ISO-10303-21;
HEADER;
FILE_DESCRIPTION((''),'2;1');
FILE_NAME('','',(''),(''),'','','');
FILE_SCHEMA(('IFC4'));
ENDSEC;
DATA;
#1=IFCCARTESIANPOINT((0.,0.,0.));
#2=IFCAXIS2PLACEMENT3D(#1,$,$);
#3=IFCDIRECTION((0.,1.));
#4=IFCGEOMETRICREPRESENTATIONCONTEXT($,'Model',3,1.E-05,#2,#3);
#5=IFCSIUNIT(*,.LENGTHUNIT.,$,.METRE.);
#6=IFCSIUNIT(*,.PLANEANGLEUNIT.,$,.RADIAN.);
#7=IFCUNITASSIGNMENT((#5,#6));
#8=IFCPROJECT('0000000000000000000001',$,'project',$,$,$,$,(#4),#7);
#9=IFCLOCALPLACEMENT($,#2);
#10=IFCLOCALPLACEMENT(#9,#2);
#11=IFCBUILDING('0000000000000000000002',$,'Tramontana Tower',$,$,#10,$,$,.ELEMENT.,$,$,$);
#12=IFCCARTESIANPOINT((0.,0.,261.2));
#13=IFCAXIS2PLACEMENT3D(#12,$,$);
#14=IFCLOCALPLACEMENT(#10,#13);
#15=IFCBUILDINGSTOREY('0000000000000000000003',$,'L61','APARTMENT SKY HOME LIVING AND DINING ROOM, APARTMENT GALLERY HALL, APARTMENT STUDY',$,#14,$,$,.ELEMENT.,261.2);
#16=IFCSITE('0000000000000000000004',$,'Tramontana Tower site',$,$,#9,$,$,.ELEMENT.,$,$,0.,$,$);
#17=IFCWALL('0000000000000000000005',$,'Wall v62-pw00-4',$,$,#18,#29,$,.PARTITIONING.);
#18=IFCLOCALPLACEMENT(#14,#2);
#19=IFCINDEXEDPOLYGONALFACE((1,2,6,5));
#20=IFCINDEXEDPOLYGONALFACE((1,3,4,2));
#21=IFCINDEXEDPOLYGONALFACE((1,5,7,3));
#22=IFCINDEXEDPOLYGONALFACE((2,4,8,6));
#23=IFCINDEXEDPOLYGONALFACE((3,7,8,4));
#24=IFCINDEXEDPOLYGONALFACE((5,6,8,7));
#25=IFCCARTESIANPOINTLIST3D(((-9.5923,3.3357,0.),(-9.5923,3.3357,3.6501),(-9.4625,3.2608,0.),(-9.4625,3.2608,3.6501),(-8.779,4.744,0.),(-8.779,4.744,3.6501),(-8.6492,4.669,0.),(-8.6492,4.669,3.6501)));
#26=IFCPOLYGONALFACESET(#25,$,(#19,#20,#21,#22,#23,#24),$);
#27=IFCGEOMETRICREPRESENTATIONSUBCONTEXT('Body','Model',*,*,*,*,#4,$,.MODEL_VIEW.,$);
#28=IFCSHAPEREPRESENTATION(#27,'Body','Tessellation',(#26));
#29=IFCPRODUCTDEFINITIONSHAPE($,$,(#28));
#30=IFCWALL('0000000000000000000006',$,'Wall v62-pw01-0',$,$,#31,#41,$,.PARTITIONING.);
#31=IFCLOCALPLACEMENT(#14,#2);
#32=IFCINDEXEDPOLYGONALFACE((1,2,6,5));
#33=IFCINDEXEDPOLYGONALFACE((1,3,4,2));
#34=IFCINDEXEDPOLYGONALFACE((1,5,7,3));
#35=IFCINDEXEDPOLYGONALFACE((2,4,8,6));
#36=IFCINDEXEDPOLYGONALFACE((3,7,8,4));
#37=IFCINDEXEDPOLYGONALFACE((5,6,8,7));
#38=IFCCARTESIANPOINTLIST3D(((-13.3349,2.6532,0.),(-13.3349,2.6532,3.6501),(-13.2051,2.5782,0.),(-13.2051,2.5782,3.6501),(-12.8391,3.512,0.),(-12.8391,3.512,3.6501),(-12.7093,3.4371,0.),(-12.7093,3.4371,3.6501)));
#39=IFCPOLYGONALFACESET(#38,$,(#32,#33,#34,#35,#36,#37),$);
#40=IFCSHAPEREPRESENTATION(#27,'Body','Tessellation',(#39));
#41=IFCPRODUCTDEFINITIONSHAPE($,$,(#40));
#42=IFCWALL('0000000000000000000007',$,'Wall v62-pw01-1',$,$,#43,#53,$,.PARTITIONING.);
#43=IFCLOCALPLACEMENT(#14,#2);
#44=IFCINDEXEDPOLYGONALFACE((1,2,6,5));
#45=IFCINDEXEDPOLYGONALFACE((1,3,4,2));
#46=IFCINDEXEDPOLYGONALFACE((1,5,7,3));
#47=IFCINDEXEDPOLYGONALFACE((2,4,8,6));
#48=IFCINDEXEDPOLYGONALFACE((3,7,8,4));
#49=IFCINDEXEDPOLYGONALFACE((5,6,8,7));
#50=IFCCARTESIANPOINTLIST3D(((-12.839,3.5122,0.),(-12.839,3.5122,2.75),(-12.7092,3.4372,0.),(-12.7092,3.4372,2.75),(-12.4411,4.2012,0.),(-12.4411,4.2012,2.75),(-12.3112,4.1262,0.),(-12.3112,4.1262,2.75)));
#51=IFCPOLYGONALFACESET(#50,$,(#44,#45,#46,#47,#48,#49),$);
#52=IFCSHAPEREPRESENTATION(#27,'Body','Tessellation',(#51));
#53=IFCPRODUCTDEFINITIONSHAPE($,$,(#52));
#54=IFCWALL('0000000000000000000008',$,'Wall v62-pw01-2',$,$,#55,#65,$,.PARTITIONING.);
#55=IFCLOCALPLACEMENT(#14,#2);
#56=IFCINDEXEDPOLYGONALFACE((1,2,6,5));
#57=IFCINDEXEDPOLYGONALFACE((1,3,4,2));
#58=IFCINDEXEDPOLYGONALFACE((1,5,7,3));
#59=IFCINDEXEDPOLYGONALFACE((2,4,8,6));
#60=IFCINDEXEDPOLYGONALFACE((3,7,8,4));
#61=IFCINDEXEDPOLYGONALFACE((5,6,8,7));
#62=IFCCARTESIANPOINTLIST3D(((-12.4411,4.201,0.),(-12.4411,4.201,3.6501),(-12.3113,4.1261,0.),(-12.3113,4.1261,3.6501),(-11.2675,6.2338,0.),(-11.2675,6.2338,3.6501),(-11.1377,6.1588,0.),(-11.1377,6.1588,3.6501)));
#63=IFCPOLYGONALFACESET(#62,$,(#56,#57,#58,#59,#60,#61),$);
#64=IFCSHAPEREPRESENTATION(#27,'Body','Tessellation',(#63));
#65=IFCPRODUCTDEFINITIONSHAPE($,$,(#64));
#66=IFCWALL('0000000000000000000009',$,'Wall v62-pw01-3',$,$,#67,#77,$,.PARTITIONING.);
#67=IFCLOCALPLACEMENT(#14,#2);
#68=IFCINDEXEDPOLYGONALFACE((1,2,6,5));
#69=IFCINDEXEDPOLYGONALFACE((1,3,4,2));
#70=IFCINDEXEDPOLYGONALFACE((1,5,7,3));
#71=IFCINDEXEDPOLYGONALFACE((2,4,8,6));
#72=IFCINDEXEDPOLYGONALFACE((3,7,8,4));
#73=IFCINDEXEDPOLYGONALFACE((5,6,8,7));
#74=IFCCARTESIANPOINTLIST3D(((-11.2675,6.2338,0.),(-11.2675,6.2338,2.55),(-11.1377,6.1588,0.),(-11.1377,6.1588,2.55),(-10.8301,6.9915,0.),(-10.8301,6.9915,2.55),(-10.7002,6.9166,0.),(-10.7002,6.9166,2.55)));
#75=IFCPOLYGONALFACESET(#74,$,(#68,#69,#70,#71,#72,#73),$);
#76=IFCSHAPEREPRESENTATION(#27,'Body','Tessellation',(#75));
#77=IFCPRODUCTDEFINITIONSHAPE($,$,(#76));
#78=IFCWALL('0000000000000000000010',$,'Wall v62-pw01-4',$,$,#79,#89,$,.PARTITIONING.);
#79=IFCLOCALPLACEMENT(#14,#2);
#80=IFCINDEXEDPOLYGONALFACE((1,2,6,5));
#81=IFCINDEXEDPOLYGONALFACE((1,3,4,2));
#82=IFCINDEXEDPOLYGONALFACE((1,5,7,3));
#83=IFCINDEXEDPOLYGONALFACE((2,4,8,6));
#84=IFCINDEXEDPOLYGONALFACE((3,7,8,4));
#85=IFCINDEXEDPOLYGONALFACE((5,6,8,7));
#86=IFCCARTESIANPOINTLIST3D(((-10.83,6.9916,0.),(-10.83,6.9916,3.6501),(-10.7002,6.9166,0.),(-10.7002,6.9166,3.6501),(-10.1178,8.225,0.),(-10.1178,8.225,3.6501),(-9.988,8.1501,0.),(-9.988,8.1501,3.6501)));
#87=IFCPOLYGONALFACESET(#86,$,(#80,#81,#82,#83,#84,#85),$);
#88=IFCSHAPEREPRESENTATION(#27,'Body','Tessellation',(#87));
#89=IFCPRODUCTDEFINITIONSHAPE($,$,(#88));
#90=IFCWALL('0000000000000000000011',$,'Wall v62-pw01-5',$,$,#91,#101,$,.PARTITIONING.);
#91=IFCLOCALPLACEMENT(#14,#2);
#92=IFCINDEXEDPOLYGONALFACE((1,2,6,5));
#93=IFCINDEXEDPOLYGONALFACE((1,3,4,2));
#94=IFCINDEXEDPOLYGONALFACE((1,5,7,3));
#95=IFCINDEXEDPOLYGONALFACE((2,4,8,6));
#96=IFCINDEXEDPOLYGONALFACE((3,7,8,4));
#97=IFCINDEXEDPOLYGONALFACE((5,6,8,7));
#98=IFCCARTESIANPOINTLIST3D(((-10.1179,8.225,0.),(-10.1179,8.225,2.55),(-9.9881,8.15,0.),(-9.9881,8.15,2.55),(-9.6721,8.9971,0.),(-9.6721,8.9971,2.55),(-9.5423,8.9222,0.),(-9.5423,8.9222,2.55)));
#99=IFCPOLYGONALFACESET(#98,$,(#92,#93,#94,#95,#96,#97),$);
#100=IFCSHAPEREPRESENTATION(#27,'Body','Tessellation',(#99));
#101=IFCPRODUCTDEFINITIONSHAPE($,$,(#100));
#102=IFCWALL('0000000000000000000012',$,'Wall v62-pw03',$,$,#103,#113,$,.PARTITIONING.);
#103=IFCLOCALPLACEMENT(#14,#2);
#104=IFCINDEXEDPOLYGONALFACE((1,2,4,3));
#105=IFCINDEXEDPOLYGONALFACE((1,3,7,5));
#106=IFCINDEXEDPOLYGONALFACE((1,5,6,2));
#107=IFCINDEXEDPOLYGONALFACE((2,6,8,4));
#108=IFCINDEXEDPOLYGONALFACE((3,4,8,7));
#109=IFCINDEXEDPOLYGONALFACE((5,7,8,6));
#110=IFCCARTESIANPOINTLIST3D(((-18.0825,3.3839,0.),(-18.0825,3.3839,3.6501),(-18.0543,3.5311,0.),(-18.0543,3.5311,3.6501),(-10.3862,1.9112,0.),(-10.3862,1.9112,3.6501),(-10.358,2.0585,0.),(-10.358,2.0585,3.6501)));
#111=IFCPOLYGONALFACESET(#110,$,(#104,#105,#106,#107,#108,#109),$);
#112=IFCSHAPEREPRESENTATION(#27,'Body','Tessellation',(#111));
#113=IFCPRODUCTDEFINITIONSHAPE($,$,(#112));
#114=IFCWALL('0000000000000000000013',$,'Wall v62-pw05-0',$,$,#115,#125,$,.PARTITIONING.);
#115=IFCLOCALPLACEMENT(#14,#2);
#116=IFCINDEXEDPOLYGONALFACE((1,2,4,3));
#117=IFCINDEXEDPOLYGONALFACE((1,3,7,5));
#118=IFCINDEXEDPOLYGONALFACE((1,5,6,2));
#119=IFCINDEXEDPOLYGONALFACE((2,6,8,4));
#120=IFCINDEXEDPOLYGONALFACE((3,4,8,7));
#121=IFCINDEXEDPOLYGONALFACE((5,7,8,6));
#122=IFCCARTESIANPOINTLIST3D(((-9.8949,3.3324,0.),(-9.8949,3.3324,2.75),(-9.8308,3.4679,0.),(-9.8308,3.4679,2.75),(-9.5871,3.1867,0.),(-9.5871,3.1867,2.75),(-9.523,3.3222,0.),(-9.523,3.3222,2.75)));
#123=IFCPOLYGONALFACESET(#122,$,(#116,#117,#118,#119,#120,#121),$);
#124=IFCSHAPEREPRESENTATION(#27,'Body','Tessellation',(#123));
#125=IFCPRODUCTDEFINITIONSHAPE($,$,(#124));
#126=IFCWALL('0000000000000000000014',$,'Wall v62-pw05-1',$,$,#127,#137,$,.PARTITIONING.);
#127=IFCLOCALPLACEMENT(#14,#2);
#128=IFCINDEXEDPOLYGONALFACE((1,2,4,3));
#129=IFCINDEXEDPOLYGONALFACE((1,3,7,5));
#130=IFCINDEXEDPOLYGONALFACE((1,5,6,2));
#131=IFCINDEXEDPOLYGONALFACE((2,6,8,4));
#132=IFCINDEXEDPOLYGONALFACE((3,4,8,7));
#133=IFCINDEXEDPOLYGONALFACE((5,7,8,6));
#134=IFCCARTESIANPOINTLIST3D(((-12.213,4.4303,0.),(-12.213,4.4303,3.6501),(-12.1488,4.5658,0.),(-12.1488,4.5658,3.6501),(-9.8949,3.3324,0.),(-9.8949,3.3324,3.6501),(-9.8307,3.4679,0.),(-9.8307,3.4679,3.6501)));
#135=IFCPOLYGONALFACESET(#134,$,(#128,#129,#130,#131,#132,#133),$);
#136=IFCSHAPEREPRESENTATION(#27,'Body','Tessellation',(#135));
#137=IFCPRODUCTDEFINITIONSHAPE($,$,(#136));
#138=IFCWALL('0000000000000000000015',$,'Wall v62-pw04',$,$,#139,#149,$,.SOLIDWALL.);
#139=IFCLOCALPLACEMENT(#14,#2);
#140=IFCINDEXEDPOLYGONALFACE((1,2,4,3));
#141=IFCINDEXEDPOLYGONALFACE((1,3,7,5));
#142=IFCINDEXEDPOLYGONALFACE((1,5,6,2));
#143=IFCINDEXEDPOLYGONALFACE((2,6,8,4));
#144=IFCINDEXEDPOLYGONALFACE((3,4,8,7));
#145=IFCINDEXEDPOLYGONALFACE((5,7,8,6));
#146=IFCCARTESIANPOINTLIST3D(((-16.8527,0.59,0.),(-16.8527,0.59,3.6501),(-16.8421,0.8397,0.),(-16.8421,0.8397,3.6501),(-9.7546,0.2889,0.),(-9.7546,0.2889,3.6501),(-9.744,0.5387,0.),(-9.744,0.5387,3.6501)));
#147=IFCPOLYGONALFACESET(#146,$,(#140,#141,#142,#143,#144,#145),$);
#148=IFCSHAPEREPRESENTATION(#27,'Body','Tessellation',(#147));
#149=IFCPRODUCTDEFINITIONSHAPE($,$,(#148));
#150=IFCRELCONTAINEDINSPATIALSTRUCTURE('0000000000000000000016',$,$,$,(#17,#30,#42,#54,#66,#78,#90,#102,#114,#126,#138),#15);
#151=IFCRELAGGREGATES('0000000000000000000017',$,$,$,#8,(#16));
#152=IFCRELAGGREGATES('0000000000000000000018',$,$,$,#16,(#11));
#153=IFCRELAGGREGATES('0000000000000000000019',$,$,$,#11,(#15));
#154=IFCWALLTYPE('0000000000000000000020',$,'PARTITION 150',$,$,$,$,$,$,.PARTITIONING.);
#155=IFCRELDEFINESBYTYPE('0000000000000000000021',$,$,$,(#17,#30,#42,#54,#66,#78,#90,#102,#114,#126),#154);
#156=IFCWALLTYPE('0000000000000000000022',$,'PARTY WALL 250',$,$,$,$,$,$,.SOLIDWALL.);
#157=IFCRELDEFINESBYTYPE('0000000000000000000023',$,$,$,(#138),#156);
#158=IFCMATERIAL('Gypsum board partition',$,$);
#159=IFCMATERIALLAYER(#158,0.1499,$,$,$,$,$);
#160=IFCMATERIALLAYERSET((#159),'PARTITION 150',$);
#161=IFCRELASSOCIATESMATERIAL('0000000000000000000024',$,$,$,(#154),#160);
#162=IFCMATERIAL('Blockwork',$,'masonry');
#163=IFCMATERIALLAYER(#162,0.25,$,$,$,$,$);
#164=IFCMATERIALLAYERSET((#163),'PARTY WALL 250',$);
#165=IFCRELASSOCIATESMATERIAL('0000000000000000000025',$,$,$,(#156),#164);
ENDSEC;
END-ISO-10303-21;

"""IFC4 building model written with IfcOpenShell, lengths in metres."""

from ifc_helpers import new_model, si_unit, direction, frame, frame_2d, origin, place, context, subcontext, project, spatial, rectangle, extrude, material, layer, layer_set, type_object, element, save


model = new_model("IFC4")

# Units and contexts
model_context = context("Model", 3, precision=1e-05, world=origin(), true_north=direction((0.0, 1.0)))
body_context = subcontext(model_context, "Body", "Model", "MODEL_VIEW")
ifc_project = project(units=[si_unit("LENGTHUNIT", "METRE"), si_unit("PLANEANGLEUNIT", "RADIAN")], contexts=[model_context])

# Site, building, storey
site_placement = place(None, origin())
site = spatial("IfcSite", under=ifc_project, at=site_placement, Name="Tramontana Tower site", CompositionType="ELEMENT", RefElevation=0.0)
building_placement = place(site_placement, origin())
building = spatial("IfcBuilding", under=site, at=building_placement, Name="Tramontana Tower", CompositionType="ELEMENT")
storey_placement = place(building_placement, frame((0.0, 0.0, 261.2)))
storey = spatial("IfcBuildingStorey", under=building, at=storey_placement, Name="L61", Description="APARTMENT SKY HOME LIVING AND DINING ROOM, APARTMENT GALLERY HALL, APARTMENT STUDY", CompositionType="ELEMENT", Elevation=261.2)

# Shared definitions
ifc_material_1 = material(Name="Gypsum board partition")
ifc_layer_1 = layer(ifc_material_1, 0.1499)
ifc_layer_set_1 = layer_set([ifc_layer_1], Name="PARTITION 150")
wall_type_1 = type_object("IfcWallType", Name="PARTITION 150", PredefinedType="PARTITIONING", material=ifc_layer_set_1)

# Walls
wall_1_placement = place(storey_placement, frame((-9.5273, 3.2983, 0.0), z_axis=(0.0, 0.0, 1.0), x_axis=(0.500095, 0.865971, 0.0)))
element("IfcWall", 1, at=wall_1_placement, inside=storey, type_object=wall_type_1, Name="Wall v62-pw00-4", PredefinedType="PARTITIONING", context=body_context, shape_type="SweptSolid", body=[
    extrude(rectangle(XDim=1.6262, YDim=0.1499, at=frame_2d((0.813, 0.0))), origin(), (0.0, 0.0, 1.0), 3.6501),
])
wall_2_placement = place(storey_placement, frame((-13.27, 2.6157, 0.0), z_axis=(0.0, 0.0, 1.0), x_axis=(0.499978, 0.866038, 0.0)))
element("IfcWall", 2, at=wall_2_placement, inside=storey, type_object=wall_type_1, Name="Wall v62-pw01-0", PredefinedType="PARTITIONING", context=body_context, shape_type="SweptSolid", body=[
    extrude(rectangle(XDim=0.9917, YDim=0.1499, at=frame_2d((0.4958, 0.0))), origin(), (0.0, 0.0, 1.0), 3.6501),
])
wall_3_placement = place(storey_placement, frame((-12.7742, 3.4746, 0.0), z_axis=(0.0, 0.0, 1.0), x_axis=(0.500165, 0.86593, 0.0)))
element("IfcWall", 3, at=wall_3_placement, inside=storey, type_object=wall_type_1, Name="Wall v62-pw01-1", PredefinedType="PARTITIONING", context=body_context, shape_type="SweptSolid", body=[
    extrude(rectangle(XDim=0.7957, YDim=0.1499, at=frame_2d((0.3979, 0.0))), origin(), (0.0, 0.0, 1.0), 2.75),
])
wall_4_placement = place(storey_placement, frame((-12.3762, 4.1636, 0.0), z_axis=(0.0, 0.0, 1.0), x_axis=(0.499999, 0.866026, 0.0)))
element("IfcWall", 4, at=wall_4_placement, inside=storey, type_object=wall_type_1, Name="Wall v62-pw01-2", PredefinedType="PARTITIONING", context=body_context, shape_type="SweptSolid", body=[
    extrude(rectangle(XDim=2.3472, YDim=0.1499, at=frame_2d((1.1736, 0.0))), origin(), (0.0, 0.0, 1.0), 3.6501),
])
wall_5_placement = place(storey_placement, frame((-11.2026, 6.1963, 0.0), z_axis=(0.0, 0.0, 1.0), x_axis=(0.49998, 0.866037, 0.0)))
element("IfcWall", 5, at=wall_5_placement, inside=storey, type_object=wall_type_1, Name="Wall v62-pw01-3", PredefinedType="PARTITIONING", context=body_context, shape_type="SweptSolid", body=[
    extrude(rectangle(XDim=0.875, YDim=0.1499, at=frame_2d((0.4375, 0.0))), origin(), (0.0, 0.0, 1.0), 2.55),
])
wall_6_placement = place(storey_placement, frame((-10.7651, 6.9541, 0.0), z_axis=(0.0, 0.0, 1.0), x_axis=(0.500029, 0.866009, 0.0)))
element("IfcWall", 6, at=wall_6_placement, inside=storey, type_object=wall_type_1, Name="Wall v62-pw01-4", PredefinedType="PARTITIONING", context=body_context, shape_type="SweptSolid", body=[
    extrude(rectangle(XDim=1.4243, YDim=0.1499, at=frame_2d((0.7122, 0.0))), origin(), (0.0, 0.0, 1.0), 3.6501),
])
wall_7_placement = place(storey_placement, frame((-10.053, 8.1875, 0.0), z_axis=(0.0, 0.0, 1.0), x_axis=(0.499967, 0.866044, 0.0)))
element("IfcWall", 7, at=wall_7_placement, inside=storey, type_object=wall_type_1, Name="Wall v62-pw01-5", PredefinedType="PARTITIONING", context=body_context, shape_type="SweptSolid", body=[
    extrude(rectangle(XDim=0.8916, YDim=0.1499, at=frame_2d((0.4458, 0.0))), origin(), (0.0, 0.0, 1.0), 2.55),
])

# Walls
wall_8_placement = place(storey_placement, frame((-10.3721, 1.9849, 0.0), z_axis=(0.0, 0.0, 1.0), x_axis=(-0.982181, 0.187937, 0.0)))
element("IfcWall", 8, at=wall_8_placement, inside=storey, type_object=wall_type_1, Name="Wall v62-pw03", PredefinedType="PARTITIONING", context=body_context, shape_type="SweptSolid", body=[
    extrude(rectangle(XDim=7.8359, YDim=0.1499, at=frame_2d((3.918, 0.0))), origin(), (0.0, 0.0, 1.0), 3.6501),
])
wall_9_placement = place(storey_placement, frame((-9.5549, 3.2544, 0.0), z_axis=(0.0, 0.0, 1.0), x_axis=(-0.903825, 0.427901, 0.0)))
element("IfcWall", 9, at=wall_9_placement, inside=storey, type_object=wall_type_1, Name="Wall v62-pw05-0", PredefinedType="PARTITIONING", context=body_context, shape_type="SweptSolid", body=[
    extrude(rectangle(XDim=0.3406, YDim=0.1499, at=frame_2d((0.1704, 0.0))), origin(), (0.0, 0.0, 1.0), 2.75),
])
wall_10_placement = place(storey_placement, frame((-9.8628, 3.4001, 0.0), z_axis=(0.0, 0.0, 1.0), x_axis=(-0.903761, 0.428037, 0.0)))
element("IfcWall", 10, at=wall_10_placement, inside=storey, type_object=wall_type_1, Name="Wall v62-pw05-1", PredefinedType="PARTITIONING", context=body_context, shape_type="SweptSolid", body=[
    extrude(rectangle(XDim=2.5649, YDim=0.1499, at=frame_2d((1.2825, 0.0))), origin(), (0.0, 0.0, 1.0), 3.6501),
])
ifc_material_2 = material(Name="Blockwork", Category="masonry")
ifc_layer_2 = layer(ifc_material_2, 0.25)
ifc_layer_set_2 = layer_set([ifc_layer_2], Name="PARTY WALL 250")
wall_type_2 = type_object("IfcWallType", Name="PARTY WALL 250", PredefinedType="SOLIDWALL", material=ifc_layer_set_2)
wall_11_placement = place(storey_placement, frame((-9.7493, 0.4138, 0.0), z_axis=(0.0, 0.0, 1.0), x_axis=(-0.999102, 0.042371, 0.0)))
element("IfcWall", 11, at=wall_11_placement, inside=storey, type_object=wall_type_2, Name="Wall v62-pw04", PredefinedType="SOLIDWALL", context=body_context, shape_type="SweptSolid", body=[
    extrude(rectangle(XDim=7.1045, YDim=0.25, at=frame_2d((3.5522, 0.0))), origin(), (0.0, 0.0, 1.0), 3.6501),
])

save(model, "model.ifc")
